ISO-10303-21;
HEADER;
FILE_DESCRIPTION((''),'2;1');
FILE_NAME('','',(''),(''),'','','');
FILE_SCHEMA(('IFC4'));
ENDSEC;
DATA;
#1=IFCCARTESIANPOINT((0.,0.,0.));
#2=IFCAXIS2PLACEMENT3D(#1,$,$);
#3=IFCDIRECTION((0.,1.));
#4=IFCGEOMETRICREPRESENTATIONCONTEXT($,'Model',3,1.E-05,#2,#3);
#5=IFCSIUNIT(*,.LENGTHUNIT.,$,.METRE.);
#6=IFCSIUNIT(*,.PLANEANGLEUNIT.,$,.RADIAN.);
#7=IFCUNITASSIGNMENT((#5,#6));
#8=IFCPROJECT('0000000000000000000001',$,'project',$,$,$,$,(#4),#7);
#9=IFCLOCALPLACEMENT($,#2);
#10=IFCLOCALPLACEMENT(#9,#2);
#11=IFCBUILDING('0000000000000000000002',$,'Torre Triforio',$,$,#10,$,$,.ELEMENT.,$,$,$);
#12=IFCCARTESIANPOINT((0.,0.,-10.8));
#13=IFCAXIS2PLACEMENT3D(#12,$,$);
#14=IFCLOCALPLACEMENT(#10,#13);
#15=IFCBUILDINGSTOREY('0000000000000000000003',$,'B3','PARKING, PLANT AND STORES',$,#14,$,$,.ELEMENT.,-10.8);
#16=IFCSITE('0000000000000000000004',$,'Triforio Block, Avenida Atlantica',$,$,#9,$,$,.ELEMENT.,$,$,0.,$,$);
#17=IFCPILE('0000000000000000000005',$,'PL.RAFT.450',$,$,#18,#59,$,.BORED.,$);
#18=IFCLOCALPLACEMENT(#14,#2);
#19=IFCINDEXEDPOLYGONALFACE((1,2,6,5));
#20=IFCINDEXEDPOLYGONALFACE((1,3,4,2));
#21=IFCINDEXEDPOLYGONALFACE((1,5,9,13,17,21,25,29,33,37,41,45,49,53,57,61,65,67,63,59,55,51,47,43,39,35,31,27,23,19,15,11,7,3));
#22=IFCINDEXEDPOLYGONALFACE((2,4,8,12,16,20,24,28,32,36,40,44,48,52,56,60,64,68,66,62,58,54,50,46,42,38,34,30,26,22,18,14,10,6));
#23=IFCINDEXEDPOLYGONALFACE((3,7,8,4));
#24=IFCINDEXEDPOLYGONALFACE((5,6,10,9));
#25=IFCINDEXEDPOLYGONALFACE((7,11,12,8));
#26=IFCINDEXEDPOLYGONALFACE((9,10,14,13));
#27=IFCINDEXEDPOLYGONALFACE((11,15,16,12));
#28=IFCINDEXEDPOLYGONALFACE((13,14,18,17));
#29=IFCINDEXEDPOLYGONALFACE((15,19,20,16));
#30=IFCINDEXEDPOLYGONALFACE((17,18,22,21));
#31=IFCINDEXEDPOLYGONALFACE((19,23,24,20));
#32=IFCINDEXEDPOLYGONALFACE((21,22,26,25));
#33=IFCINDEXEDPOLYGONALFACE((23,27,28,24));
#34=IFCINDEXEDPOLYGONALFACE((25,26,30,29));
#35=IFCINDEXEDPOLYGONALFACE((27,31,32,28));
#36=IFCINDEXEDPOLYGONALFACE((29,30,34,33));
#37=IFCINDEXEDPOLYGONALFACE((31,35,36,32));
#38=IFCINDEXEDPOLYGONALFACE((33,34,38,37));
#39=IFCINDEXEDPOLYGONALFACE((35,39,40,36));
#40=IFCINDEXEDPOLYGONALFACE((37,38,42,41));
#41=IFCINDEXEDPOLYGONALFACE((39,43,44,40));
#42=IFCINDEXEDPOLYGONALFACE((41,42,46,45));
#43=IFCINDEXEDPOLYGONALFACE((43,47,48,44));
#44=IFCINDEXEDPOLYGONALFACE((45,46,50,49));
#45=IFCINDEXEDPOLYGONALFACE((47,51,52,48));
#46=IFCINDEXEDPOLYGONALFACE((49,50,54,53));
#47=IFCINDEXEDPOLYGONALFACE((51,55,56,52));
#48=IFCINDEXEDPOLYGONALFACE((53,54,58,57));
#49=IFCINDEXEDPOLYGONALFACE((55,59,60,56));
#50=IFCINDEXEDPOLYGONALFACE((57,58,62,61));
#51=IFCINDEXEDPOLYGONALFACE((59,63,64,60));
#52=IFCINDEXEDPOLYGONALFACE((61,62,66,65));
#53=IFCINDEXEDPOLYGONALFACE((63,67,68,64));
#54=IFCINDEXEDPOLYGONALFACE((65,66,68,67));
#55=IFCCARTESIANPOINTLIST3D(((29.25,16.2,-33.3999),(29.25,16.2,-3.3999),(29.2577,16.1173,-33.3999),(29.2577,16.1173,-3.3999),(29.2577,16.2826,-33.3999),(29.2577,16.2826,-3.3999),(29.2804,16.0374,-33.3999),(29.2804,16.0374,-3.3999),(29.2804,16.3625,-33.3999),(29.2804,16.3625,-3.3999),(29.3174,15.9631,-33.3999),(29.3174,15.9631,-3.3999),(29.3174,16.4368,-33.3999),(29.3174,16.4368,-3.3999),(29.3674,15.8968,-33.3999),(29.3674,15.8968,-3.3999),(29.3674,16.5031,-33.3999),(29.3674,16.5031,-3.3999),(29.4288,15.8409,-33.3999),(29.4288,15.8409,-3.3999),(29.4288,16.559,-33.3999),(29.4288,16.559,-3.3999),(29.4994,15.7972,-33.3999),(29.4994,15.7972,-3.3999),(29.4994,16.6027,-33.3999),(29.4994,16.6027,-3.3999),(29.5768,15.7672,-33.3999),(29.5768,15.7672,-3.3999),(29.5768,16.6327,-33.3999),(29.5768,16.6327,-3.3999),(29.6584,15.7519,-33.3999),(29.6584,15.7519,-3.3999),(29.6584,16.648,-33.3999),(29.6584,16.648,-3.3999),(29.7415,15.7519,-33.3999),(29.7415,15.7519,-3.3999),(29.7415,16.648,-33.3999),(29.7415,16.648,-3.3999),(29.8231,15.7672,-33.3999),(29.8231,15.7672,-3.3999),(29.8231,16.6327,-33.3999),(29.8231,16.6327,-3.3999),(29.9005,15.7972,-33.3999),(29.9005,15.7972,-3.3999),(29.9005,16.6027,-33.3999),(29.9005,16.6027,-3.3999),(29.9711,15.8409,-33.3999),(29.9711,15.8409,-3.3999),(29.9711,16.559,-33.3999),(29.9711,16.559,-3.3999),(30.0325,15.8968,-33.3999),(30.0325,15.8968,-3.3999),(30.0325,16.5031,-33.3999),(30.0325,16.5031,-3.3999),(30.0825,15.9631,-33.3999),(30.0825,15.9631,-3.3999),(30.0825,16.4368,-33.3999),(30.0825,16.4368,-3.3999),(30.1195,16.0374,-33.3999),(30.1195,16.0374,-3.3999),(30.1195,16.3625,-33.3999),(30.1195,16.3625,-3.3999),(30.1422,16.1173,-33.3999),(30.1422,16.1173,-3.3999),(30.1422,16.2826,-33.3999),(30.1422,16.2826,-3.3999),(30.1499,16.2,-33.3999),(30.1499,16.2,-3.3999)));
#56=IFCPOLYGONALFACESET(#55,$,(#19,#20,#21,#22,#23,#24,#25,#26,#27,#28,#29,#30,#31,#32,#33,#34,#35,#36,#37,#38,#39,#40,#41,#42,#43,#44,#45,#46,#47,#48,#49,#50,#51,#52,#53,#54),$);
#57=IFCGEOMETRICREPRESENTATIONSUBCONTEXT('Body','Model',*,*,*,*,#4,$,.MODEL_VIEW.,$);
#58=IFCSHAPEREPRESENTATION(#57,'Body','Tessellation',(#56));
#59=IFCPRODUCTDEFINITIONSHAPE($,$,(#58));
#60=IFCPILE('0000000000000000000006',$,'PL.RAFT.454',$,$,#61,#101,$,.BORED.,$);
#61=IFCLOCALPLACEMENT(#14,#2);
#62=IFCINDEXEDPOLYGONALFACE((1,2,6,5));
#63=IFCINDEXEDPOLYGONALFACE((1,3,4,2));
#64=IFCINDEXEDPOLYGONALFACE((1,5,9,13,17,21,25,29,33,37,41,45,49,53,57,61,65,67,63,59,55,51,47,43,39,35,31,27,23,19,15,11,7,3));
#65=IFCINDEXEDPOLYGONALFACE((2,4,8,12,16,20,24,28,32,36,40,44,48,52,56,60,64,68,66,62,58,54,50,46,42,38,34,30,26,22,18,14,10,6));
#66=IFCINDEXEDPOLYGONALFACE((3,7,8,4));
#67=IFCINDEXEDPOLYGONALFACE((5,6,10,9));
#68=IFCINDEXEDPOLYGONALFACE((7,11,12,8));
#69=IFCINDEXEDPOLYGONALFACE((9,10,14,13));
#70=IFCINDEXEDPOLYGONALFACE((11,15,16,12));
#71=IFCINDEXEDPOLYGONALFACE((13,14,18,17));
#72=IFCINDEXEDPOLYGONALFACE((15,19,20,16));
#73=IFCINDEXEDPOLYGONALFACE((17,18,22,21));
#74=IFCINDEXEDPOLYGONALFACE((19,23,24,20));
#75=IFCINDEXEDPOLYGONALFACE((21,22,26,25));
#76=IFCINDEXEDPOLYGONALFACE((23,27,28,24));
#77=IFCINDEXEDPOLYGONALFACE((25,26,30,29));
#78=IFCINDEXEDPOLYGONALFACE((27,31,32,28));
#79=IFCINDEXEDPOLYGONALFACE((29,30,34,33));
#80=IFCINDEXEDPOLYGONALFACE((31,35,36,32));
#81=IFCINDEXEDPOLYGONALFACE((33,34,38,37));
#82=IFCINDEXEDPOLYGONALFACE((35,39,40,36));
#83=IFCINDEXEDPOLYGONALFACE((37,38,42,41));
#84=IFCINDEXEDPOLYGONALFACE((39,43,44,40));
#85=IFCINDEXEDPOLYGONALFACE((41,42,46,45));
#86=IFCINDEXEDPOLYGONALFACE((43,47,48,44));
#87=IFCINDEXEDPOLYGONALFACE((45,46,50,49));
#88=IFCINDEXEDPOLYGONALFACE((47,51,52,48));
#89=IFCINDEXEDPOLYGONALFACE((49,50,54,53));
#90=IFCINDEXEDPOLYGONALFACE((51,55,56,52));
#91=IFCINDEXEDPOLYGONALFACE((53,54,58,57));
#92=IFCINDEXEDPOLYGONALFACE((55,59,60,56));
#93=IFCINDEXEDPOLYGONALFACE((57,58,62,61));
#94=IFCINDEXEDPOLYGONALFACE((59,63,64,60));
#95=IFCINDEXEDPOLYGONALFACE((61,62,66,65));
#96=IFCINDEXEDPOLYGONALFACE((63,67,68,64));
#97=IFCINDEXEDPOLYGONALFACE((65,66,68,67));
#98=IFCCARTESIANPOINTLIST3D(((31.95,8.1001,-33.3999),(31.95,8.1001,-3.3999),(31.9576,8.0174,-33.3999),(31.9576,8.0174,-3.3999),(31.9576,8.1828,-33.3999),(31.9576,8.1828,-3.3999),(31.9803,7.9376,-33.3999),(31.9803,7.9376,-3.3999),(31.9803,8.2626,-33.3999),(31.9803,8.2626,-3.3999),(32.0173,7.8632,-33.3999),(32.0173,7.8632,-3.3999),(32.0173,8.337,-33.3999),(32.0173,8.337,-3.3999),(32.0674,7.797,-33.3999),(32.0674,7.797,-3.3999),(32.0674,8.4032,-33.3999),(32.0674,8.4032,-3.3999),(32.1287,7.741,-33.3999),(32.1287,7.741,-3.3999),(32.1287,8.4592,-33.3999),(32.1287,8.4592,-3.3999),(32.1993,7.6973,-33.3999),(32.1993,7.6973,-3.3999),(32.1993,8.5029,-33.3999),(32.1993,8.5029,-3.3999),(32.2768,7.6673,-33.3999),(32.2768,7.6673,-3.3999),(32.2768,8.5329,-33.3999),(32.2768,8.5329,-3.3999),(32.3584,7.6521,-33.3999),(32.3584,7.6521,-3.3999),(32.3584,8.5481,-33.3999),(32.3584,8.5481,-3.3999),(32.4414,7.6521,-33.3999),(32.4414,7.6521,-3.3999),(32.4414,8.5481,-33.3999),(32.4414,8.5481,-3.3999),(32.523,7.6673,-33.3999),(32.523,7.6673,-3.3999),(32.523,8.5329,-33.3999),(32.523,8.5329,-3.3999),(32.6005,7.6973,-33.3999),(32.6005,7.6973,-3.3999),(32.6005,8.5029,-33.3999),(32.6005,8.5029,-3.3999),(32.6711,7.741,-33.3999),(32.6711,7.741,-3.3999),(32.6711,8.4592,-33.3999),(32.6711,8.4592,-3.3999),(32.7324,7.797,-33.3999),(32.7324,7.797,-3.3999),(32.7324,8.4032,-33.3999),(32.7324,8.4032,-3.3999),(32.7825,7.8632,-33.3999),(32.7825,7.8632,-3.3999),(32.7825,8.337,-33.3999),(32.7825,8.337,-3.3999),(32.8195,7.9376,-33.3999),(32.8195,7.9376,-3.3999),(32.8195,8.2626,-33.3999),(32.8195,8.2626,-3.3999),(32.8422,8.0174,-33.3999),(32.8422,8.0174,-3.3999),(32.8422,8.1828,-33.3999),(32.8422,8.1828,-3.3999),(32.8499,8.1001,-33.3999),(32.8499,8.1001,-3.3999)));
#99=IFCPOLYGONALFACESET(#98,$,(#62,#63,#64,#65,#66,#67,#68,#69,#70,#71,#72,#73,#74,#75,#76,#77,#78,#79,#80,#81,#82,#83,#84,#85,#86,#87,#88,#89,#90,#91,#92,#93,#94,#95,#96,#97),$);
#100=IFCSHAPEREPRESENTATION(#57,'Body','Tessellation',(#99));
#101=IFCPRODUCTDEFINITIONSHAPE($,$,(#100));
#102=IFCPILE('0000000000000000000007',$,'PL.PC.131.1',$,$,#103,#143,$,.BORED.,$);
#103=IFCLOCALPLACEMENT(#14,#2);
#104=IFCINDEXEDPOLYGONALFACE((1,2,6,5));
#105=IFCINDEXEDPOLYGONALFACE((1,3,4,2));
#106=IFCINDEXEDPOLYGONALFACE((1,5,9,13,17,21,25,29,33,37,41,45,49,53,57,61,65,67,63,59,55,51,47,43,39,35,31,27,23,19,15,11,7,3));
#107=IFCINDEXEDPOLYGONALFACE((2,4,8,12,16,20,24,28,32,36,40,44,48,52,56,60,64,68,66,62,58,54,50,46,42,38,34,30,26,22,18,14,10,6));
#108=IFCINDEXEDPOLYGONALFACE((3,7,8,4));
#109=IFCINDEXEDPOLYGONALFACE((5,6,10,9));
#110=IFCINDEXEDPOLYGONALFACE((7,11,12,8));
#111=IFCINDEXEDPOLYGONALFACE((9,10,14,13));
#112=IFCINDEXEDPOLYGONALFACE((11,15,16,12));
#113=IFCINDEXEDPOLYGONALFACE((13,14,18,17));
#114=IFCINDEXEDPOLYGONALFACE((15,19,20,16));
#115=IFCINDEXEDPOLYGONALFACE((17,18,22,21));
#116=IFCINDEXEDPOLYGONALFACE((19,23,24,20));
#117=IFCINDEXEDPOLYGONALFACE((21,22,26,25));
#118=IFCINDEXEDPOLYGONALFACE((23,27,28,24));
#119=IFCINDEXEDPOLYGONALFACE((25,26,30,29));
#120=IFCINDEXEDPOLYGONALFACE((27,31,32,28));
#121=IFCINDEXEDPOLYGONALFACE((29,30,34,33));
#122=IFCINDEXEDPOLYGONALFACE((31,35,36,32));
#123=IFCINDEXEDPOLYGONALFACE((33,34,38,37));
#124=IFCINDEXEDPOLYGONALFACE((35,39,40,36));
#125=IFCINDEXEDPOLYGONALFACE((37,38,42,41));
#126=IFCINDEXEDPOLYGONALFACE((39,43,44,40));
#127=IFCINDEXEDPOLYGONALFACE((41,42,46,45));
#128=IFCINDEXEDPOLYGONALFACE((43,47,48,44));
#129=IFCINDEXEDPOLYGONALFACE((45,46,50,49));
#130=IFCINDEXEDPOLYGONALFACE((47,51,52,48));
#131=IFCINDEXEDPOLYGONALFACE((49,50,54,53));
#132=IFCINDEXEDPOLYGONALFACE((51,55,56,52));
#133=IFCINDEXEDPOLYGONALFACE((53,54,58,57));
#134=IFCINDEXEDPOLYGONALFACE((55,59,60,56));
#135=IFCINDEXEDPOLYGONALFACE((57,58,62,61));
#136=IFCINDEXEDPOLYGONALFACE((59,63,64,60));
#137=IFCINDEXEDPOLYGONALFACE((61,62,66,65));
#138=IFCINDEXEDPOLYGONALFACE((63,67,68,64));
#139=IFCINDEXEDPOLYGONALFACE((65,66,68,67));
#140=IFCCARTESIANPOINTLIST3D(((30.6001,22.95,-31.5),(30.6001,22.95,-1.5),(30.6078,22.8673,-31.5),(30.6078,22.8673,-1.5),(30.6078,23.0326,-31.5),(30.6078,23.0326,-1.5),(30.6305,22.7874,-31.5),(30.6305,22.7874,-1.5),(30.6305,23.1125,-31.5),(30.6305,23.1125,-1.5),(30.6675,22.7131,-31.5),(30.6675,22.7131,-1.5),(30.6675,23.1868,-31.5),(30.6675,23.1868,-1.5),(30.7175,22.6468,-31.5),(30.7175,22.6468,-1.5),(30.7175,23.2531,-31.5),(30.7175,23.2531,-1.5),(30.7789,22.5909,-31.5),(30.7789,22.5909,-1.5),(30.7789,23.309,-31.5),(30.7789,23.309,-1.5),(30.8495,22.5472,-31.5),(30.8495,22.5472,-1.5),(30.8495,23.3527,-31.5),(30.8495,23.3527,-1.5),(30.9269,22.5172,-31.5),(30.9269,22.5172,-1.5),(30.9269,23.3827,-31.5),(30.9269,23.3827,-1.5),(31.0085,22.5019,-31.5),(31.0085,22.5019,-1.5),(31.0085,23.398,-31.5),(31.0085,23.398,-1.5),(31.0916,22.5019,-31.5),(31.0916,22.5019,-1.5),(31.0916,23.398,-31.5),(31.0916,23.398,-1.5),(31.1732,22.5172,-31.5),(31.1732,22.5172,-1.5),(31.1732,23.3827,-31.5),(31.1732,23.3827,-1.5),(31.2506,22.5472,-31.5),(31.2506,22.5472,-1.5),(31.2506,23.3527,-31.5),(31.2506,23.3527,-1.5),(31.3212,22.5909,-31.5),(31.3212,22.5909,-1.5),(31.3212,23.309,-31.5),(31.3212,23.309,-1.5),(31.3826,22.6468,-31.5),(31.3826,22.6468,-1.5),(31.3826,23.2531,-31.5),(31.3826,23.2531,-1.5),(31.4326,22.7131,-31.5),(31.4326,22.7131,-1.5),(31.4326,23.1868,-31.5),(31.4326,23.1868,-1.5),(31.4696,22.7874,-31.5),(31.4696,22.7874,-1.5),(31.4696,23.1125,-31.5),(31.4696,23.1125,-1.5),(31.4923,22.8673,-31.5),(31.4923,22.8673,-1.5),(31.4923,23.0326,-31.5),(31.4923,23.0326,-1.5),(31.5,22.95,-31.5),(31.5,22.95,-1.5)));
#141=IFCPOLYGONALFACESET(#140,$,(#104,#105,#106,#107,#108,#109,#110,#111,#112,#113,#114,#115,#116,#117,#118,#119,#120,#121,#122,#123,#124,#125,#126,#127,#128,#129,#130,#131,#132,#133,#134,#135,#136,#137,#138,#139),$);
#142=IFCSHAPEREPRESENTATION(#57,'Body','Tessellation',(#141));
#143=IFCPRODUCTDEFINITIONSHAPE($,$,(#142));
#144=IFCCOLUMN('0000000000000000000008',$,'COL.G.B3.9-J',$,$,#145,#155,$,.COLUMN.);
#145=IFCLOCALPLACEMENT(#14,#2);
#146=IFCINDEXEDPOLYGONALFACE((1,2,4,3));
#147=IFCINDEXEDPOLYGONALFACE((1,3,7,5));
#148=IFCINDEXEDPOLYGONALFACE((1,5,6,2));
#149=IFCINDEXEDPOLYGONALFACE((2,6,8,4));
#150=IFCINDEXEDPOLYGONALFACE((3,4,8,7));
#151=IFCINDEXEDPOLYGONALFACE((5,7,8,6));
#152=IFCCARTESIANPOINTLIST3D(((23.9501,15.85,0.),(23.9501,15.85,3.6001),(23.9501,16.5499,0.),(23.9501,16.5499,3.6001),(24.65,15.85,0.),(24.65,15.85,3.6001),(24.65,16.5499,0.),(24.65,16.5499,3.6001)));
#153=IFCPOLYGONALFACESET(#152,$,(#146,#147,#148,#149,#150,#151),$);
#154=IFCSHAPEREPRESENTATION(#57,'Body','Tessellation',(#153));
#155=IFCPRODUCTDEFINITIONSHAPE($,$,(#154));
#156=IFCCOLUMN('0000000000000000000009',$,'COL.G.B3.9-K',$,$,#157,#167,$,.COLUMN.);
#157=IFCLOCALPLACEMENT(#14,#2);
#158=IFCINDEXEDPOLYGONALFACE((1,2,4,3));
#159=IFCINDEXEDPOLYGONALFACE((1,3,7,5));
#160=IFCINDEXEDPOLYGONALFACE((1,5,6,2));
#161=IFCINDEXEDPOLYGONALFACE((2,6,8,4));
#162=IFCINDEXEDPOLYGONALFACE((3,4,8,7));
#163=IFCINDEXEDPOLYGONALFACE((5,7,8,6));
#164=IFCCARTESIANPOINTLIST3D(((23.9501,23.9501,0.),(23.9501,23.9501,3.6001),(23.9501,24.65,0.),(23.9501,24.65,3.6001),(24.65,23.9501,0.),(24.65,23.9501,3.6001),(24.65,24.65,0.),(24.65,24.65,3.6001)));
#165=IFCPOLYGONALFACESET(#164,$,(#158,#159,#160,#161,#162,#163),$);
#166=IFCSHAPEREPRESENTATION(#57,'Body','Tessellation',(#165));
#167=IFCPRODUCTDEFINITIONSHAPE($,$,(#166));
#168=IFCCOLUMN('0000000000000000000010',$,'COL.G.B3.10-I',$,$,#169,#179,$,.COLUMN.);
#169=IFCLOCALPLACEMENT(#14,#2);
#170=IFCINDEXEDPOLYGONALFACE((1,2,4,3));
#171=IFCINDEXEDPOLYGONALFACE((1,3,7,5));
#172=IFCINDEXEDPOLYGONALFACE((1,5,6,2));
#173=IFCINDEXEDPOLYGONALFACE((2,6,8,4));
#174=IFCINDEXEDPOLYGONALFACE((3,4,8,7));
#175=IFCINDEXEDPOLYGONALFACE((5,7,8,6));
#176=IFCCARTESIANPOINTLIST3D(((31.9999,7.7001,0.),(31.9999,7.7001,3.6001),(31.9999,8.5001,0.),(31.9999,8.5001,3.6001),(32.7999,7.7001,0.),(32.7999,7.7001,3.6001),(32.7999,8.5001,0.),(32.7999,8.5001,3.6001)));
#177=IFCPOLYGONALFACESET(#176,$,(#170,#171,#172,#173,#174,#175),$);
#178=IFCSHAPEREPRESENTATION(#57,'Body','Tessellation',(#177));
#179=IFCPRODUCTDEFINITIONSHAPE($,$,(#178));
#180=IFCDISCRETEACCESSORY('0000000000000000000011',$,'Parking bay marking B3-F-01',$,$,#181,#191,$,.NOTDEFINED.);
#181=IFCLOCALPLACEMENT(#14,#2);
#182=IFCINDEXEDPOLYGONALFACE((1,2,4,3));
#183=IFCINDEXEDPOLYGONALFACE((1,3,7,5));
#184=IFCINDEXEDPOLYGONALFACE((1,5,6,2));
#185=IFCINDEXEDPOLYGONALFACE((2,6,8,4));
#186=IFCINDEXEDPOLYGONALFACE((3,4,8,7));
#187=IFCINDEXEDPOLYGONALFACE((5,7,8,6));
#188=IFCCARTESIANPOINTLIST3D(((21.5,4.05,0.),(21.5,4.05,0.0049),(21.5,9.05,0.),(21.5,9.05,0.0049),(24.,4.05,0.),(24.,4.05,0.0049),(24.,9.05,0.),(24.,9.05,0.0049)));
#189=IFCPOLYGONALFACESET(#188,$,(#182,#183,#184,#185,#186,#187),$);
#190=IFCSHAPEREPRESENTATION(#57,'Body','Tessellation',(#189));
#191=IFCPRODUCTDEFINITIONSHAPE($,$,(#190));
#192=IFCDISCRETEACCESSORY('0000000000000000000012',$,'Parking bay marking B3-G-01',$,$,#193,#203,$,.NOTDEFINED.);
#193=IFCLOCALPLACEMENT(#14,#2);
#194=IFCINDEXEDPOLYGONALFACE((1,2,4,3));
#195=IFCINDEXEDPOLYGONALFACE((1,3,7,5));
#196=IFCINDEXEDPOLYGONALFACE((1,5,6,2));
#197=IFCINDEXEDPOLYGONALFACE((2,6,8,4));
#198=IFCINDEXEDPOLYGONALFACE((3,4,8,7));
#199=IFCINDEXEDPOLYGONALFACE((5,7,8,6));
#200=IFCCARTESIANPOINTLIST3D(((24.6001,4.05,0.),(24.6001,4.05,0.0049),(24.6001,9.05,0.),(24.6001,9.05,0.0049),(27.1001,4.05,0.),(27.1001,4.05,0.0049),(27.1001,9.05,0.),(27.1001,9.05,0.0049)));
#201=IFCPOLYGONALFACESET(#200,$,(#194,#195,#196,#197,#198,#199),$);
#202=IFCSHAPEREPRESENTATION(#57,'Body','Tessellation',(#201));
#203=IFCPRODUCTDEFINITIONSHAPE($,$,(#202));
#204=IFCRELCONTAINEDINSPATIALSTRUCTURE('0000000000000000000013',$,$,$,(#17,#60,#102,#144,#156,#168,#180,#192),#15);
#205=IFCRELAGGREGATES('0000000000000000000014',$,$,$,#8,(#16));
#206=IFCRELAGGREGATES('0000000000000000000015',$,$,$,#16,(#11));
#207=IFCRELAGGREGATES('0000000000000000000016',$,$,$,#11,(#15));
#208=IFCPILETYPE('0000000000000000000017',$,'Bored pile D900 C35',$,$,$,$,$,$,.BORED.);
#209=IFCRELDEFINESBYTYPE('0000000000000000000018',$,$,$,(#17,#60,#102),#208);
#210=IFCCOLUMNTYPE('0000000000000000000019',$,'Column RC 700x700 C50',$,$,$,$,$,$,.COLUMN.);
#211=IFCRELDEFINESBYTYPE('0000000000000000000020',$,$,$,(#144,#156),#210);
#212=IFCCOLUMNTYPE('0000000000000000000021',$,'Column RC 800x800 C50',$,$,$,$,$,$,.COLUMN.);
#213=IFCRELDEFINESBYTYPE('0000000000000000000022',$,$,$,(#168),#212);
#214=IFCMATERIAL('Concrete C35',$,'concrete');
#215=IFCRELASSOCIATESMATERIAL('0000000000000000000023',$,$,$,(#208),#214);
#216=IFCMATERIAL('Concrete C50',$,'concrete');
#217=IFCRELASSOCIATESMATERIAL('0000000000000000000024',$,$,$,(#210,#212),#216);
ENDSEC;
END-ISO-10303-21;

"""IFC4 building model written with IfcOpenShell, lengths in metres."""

from ifc_helpers import new_model, si_unit, direction, frame, origin, origin_2d, place, context, subcontext, project, spatial, rectangle, circle, extrude, material, material_profile, profile_set, type_object, element, save


model = new_model("IFC4")

# Units and contexts
model_context = context("Model", 3, precision=1e-05, world=origin(), true_north=direction((0.0, 1.0)))
body_context = subcontext(model_context, "Body", "Model", "MODEL_VIEW")
ifc_project = project(units=[si_unit("LENGTHUNIT", "METRE"), si_unit("PLANEANGLEUNIT", "RADIAN")], contexts=[model_context])

# Site, building, storey
site_placement = place(None, origin())
site = spatial("IfcSite", under=ifc_project, at=site_placement, Name="Triforio Block, Avenida Atlantica", CompositionType="ELEMENT", RefElevation=0.0)
building_placement = place(site_placement, origin())
building = spatial("IfcBuilding", under=site, at=building_placement, Name="Torre Triforio", CompositionType="ELEMENT")
storey_placement = place(building_placement, frame((0.0, 0.0, -10.8)))
storey = spatial("IfcBuildingStorey", under=building, at=storey_placement, Name="B3", Description="PARKING, PLANT AND STORES", CompositionType="ELEMENT", Elevation=-10.8)

# Piles
ifc_material_1 = material(Name="Concrete C35", Category="concrete")
ifc_material_profile_1 = material_profile(ifc_material_1, circle(Radius=0.45, at=origin_2d()), Name="RC D900")
ifc_profile_set_1 = profile_set([ifc_material_profile_1], Name="Concrete C35")
pile_type = type_object("IfcPileType", Name="Bored pile D900 C35", PredefinedType="BORED", material=ifc_profile_set_1)
for number, where, z_axis, x_axis, name in (
    (1, (29.7, 16.2, -3.3999), (0.0, 0.0, -1.0), (1.0, 0.0, 0.0), "PL.RAFT.450"),
    (2, (32.3999, 8.1001, -3.3999), (0.0, 0.0, -1.0), (1.0, 0.0, 0.0), "PL.RAFT.454"),
    (3, (31.05, 22.95, -1.5), (0.0, 0.0, -1.0), (1.0, 0.0, 0.0), "PL.PC.131.1"),
):
    element("IfcPile", number, at=place(storey_placement, frame(where, z_axis=z_axis, x_axis=x_axis)), inside=storey, type_object=pile_type, Name=name, PredefinedType="BORED", context=body_context, shape_type="SweptSolid", body=[
        extrude(circle(Radius=0.45, at=origin_2d()), origin(), (0.0, 0.0, 1.0), 30.0),
    ])

# Columns
ifc_material_2 = material(Name="Concrete C50", Category="concrete")
ifc_material_profile_2 = material_profile(ifc_material_2, rectangle(XDim=0.7, YDim=0.7, at=origin_2d()), Name="RC 700x700")
ifc_profile_set_2 = profile_set([ifc_material_profile_2], Name="Concrete C50")
column_type_1 = type_object("IfcColumnType", Name="Column RC 700x700 C50", PredefinedType="COLUMN", material=ifc_profile_set_2)
for number, where, z_axis, x_axis, name in (
    (4, (24.3, 16.2, 0.0), (0.0, 0.0, 1.0), (1.0, 0.0, 0.0), "COL.G.B3.9-J"),
    (5, (24.3, 24.3, 0.0), (0.0, 0.0, 1.0), (1.0, 0.0, 0.0), "COL.G.B3.9-K"),
):
    element("IfcColumn", number, at=place(storey_placement, frame(where, z_axis=z_axis, x_axis=x_axis)), inside=storey, type_object=column_type_1, Name=name, PredefinedType="COLUMN", context=body_context, shape_type="SweptSolid", body=[
        extrude(rectangle(XDim=0.7, YDim=0.7, at=origin_2d()), origin(), (0.0, 0.0, 1.0), 3.6001),
    ])
ifc_material_profile_3 = material_profile(ifc_material_2, rectangle(XDim=0.8, YDim=0.8, at=origin_2d()), Name="RC 800x800")
ifc_profile_set_3 = profile_set([ifc_material_profile_3], Name="Concrete C50")
column_type_2 = type_object("IfcColumnType", Name="Column RC 800x800 C50", PredefinedType="COLUMN", material=ifc_profile_set_3)
column_placement = place(storey_placement, frame((32.3999, 8.1001, 0.0), z_axis=(0.0, 0.0, 1.0), x_axis=(1.0, 0.0, 0.0)))
element("IfcColumn", 6, at=column_placement, inside=storey, type_object=column_type_2, Name="COL.G.B3.10-I", PredefinedType="COLUMN", context=body_context, shape_type="SweptSolid", body=[
    extrude(rectangle(XDim=0.8, YDim=0.8, at=origin_2d()), origin(), (0.0, 0.0, 1.0), 3.6001),
])

# Discrete accessories
for number, where, z_axis, x_axis, name in (
    (7, (22.75, 6.55, 0.0), (0.0, 0.0, 1.0), (1.0, 0.0, 0.0), "Parking bay marking B3-F-01"),
    (8, (25.8501, 6.55, 0.0), (0.0, 0.0, 1.0), (1.0, 0.0, 0.0), "Parking bay marking B3-G-01"),
):
    element("IfcDiscreteAccessory", number, at=place(storey_placement, frame(where, z_axis=z_axis, x_axis=x_axis)), inside=storey, Name=name, PredefinedType="NOTDEFINED", context=body_context, shape_type="SweptSolid", body=[
        extrude(rectangle(XDim=2.5, YDim=5.0, at=origin_2d()), origin(), (0.0, 0.0, 1.0), 0.0049),
    ])

save(model, "model.ifc")
